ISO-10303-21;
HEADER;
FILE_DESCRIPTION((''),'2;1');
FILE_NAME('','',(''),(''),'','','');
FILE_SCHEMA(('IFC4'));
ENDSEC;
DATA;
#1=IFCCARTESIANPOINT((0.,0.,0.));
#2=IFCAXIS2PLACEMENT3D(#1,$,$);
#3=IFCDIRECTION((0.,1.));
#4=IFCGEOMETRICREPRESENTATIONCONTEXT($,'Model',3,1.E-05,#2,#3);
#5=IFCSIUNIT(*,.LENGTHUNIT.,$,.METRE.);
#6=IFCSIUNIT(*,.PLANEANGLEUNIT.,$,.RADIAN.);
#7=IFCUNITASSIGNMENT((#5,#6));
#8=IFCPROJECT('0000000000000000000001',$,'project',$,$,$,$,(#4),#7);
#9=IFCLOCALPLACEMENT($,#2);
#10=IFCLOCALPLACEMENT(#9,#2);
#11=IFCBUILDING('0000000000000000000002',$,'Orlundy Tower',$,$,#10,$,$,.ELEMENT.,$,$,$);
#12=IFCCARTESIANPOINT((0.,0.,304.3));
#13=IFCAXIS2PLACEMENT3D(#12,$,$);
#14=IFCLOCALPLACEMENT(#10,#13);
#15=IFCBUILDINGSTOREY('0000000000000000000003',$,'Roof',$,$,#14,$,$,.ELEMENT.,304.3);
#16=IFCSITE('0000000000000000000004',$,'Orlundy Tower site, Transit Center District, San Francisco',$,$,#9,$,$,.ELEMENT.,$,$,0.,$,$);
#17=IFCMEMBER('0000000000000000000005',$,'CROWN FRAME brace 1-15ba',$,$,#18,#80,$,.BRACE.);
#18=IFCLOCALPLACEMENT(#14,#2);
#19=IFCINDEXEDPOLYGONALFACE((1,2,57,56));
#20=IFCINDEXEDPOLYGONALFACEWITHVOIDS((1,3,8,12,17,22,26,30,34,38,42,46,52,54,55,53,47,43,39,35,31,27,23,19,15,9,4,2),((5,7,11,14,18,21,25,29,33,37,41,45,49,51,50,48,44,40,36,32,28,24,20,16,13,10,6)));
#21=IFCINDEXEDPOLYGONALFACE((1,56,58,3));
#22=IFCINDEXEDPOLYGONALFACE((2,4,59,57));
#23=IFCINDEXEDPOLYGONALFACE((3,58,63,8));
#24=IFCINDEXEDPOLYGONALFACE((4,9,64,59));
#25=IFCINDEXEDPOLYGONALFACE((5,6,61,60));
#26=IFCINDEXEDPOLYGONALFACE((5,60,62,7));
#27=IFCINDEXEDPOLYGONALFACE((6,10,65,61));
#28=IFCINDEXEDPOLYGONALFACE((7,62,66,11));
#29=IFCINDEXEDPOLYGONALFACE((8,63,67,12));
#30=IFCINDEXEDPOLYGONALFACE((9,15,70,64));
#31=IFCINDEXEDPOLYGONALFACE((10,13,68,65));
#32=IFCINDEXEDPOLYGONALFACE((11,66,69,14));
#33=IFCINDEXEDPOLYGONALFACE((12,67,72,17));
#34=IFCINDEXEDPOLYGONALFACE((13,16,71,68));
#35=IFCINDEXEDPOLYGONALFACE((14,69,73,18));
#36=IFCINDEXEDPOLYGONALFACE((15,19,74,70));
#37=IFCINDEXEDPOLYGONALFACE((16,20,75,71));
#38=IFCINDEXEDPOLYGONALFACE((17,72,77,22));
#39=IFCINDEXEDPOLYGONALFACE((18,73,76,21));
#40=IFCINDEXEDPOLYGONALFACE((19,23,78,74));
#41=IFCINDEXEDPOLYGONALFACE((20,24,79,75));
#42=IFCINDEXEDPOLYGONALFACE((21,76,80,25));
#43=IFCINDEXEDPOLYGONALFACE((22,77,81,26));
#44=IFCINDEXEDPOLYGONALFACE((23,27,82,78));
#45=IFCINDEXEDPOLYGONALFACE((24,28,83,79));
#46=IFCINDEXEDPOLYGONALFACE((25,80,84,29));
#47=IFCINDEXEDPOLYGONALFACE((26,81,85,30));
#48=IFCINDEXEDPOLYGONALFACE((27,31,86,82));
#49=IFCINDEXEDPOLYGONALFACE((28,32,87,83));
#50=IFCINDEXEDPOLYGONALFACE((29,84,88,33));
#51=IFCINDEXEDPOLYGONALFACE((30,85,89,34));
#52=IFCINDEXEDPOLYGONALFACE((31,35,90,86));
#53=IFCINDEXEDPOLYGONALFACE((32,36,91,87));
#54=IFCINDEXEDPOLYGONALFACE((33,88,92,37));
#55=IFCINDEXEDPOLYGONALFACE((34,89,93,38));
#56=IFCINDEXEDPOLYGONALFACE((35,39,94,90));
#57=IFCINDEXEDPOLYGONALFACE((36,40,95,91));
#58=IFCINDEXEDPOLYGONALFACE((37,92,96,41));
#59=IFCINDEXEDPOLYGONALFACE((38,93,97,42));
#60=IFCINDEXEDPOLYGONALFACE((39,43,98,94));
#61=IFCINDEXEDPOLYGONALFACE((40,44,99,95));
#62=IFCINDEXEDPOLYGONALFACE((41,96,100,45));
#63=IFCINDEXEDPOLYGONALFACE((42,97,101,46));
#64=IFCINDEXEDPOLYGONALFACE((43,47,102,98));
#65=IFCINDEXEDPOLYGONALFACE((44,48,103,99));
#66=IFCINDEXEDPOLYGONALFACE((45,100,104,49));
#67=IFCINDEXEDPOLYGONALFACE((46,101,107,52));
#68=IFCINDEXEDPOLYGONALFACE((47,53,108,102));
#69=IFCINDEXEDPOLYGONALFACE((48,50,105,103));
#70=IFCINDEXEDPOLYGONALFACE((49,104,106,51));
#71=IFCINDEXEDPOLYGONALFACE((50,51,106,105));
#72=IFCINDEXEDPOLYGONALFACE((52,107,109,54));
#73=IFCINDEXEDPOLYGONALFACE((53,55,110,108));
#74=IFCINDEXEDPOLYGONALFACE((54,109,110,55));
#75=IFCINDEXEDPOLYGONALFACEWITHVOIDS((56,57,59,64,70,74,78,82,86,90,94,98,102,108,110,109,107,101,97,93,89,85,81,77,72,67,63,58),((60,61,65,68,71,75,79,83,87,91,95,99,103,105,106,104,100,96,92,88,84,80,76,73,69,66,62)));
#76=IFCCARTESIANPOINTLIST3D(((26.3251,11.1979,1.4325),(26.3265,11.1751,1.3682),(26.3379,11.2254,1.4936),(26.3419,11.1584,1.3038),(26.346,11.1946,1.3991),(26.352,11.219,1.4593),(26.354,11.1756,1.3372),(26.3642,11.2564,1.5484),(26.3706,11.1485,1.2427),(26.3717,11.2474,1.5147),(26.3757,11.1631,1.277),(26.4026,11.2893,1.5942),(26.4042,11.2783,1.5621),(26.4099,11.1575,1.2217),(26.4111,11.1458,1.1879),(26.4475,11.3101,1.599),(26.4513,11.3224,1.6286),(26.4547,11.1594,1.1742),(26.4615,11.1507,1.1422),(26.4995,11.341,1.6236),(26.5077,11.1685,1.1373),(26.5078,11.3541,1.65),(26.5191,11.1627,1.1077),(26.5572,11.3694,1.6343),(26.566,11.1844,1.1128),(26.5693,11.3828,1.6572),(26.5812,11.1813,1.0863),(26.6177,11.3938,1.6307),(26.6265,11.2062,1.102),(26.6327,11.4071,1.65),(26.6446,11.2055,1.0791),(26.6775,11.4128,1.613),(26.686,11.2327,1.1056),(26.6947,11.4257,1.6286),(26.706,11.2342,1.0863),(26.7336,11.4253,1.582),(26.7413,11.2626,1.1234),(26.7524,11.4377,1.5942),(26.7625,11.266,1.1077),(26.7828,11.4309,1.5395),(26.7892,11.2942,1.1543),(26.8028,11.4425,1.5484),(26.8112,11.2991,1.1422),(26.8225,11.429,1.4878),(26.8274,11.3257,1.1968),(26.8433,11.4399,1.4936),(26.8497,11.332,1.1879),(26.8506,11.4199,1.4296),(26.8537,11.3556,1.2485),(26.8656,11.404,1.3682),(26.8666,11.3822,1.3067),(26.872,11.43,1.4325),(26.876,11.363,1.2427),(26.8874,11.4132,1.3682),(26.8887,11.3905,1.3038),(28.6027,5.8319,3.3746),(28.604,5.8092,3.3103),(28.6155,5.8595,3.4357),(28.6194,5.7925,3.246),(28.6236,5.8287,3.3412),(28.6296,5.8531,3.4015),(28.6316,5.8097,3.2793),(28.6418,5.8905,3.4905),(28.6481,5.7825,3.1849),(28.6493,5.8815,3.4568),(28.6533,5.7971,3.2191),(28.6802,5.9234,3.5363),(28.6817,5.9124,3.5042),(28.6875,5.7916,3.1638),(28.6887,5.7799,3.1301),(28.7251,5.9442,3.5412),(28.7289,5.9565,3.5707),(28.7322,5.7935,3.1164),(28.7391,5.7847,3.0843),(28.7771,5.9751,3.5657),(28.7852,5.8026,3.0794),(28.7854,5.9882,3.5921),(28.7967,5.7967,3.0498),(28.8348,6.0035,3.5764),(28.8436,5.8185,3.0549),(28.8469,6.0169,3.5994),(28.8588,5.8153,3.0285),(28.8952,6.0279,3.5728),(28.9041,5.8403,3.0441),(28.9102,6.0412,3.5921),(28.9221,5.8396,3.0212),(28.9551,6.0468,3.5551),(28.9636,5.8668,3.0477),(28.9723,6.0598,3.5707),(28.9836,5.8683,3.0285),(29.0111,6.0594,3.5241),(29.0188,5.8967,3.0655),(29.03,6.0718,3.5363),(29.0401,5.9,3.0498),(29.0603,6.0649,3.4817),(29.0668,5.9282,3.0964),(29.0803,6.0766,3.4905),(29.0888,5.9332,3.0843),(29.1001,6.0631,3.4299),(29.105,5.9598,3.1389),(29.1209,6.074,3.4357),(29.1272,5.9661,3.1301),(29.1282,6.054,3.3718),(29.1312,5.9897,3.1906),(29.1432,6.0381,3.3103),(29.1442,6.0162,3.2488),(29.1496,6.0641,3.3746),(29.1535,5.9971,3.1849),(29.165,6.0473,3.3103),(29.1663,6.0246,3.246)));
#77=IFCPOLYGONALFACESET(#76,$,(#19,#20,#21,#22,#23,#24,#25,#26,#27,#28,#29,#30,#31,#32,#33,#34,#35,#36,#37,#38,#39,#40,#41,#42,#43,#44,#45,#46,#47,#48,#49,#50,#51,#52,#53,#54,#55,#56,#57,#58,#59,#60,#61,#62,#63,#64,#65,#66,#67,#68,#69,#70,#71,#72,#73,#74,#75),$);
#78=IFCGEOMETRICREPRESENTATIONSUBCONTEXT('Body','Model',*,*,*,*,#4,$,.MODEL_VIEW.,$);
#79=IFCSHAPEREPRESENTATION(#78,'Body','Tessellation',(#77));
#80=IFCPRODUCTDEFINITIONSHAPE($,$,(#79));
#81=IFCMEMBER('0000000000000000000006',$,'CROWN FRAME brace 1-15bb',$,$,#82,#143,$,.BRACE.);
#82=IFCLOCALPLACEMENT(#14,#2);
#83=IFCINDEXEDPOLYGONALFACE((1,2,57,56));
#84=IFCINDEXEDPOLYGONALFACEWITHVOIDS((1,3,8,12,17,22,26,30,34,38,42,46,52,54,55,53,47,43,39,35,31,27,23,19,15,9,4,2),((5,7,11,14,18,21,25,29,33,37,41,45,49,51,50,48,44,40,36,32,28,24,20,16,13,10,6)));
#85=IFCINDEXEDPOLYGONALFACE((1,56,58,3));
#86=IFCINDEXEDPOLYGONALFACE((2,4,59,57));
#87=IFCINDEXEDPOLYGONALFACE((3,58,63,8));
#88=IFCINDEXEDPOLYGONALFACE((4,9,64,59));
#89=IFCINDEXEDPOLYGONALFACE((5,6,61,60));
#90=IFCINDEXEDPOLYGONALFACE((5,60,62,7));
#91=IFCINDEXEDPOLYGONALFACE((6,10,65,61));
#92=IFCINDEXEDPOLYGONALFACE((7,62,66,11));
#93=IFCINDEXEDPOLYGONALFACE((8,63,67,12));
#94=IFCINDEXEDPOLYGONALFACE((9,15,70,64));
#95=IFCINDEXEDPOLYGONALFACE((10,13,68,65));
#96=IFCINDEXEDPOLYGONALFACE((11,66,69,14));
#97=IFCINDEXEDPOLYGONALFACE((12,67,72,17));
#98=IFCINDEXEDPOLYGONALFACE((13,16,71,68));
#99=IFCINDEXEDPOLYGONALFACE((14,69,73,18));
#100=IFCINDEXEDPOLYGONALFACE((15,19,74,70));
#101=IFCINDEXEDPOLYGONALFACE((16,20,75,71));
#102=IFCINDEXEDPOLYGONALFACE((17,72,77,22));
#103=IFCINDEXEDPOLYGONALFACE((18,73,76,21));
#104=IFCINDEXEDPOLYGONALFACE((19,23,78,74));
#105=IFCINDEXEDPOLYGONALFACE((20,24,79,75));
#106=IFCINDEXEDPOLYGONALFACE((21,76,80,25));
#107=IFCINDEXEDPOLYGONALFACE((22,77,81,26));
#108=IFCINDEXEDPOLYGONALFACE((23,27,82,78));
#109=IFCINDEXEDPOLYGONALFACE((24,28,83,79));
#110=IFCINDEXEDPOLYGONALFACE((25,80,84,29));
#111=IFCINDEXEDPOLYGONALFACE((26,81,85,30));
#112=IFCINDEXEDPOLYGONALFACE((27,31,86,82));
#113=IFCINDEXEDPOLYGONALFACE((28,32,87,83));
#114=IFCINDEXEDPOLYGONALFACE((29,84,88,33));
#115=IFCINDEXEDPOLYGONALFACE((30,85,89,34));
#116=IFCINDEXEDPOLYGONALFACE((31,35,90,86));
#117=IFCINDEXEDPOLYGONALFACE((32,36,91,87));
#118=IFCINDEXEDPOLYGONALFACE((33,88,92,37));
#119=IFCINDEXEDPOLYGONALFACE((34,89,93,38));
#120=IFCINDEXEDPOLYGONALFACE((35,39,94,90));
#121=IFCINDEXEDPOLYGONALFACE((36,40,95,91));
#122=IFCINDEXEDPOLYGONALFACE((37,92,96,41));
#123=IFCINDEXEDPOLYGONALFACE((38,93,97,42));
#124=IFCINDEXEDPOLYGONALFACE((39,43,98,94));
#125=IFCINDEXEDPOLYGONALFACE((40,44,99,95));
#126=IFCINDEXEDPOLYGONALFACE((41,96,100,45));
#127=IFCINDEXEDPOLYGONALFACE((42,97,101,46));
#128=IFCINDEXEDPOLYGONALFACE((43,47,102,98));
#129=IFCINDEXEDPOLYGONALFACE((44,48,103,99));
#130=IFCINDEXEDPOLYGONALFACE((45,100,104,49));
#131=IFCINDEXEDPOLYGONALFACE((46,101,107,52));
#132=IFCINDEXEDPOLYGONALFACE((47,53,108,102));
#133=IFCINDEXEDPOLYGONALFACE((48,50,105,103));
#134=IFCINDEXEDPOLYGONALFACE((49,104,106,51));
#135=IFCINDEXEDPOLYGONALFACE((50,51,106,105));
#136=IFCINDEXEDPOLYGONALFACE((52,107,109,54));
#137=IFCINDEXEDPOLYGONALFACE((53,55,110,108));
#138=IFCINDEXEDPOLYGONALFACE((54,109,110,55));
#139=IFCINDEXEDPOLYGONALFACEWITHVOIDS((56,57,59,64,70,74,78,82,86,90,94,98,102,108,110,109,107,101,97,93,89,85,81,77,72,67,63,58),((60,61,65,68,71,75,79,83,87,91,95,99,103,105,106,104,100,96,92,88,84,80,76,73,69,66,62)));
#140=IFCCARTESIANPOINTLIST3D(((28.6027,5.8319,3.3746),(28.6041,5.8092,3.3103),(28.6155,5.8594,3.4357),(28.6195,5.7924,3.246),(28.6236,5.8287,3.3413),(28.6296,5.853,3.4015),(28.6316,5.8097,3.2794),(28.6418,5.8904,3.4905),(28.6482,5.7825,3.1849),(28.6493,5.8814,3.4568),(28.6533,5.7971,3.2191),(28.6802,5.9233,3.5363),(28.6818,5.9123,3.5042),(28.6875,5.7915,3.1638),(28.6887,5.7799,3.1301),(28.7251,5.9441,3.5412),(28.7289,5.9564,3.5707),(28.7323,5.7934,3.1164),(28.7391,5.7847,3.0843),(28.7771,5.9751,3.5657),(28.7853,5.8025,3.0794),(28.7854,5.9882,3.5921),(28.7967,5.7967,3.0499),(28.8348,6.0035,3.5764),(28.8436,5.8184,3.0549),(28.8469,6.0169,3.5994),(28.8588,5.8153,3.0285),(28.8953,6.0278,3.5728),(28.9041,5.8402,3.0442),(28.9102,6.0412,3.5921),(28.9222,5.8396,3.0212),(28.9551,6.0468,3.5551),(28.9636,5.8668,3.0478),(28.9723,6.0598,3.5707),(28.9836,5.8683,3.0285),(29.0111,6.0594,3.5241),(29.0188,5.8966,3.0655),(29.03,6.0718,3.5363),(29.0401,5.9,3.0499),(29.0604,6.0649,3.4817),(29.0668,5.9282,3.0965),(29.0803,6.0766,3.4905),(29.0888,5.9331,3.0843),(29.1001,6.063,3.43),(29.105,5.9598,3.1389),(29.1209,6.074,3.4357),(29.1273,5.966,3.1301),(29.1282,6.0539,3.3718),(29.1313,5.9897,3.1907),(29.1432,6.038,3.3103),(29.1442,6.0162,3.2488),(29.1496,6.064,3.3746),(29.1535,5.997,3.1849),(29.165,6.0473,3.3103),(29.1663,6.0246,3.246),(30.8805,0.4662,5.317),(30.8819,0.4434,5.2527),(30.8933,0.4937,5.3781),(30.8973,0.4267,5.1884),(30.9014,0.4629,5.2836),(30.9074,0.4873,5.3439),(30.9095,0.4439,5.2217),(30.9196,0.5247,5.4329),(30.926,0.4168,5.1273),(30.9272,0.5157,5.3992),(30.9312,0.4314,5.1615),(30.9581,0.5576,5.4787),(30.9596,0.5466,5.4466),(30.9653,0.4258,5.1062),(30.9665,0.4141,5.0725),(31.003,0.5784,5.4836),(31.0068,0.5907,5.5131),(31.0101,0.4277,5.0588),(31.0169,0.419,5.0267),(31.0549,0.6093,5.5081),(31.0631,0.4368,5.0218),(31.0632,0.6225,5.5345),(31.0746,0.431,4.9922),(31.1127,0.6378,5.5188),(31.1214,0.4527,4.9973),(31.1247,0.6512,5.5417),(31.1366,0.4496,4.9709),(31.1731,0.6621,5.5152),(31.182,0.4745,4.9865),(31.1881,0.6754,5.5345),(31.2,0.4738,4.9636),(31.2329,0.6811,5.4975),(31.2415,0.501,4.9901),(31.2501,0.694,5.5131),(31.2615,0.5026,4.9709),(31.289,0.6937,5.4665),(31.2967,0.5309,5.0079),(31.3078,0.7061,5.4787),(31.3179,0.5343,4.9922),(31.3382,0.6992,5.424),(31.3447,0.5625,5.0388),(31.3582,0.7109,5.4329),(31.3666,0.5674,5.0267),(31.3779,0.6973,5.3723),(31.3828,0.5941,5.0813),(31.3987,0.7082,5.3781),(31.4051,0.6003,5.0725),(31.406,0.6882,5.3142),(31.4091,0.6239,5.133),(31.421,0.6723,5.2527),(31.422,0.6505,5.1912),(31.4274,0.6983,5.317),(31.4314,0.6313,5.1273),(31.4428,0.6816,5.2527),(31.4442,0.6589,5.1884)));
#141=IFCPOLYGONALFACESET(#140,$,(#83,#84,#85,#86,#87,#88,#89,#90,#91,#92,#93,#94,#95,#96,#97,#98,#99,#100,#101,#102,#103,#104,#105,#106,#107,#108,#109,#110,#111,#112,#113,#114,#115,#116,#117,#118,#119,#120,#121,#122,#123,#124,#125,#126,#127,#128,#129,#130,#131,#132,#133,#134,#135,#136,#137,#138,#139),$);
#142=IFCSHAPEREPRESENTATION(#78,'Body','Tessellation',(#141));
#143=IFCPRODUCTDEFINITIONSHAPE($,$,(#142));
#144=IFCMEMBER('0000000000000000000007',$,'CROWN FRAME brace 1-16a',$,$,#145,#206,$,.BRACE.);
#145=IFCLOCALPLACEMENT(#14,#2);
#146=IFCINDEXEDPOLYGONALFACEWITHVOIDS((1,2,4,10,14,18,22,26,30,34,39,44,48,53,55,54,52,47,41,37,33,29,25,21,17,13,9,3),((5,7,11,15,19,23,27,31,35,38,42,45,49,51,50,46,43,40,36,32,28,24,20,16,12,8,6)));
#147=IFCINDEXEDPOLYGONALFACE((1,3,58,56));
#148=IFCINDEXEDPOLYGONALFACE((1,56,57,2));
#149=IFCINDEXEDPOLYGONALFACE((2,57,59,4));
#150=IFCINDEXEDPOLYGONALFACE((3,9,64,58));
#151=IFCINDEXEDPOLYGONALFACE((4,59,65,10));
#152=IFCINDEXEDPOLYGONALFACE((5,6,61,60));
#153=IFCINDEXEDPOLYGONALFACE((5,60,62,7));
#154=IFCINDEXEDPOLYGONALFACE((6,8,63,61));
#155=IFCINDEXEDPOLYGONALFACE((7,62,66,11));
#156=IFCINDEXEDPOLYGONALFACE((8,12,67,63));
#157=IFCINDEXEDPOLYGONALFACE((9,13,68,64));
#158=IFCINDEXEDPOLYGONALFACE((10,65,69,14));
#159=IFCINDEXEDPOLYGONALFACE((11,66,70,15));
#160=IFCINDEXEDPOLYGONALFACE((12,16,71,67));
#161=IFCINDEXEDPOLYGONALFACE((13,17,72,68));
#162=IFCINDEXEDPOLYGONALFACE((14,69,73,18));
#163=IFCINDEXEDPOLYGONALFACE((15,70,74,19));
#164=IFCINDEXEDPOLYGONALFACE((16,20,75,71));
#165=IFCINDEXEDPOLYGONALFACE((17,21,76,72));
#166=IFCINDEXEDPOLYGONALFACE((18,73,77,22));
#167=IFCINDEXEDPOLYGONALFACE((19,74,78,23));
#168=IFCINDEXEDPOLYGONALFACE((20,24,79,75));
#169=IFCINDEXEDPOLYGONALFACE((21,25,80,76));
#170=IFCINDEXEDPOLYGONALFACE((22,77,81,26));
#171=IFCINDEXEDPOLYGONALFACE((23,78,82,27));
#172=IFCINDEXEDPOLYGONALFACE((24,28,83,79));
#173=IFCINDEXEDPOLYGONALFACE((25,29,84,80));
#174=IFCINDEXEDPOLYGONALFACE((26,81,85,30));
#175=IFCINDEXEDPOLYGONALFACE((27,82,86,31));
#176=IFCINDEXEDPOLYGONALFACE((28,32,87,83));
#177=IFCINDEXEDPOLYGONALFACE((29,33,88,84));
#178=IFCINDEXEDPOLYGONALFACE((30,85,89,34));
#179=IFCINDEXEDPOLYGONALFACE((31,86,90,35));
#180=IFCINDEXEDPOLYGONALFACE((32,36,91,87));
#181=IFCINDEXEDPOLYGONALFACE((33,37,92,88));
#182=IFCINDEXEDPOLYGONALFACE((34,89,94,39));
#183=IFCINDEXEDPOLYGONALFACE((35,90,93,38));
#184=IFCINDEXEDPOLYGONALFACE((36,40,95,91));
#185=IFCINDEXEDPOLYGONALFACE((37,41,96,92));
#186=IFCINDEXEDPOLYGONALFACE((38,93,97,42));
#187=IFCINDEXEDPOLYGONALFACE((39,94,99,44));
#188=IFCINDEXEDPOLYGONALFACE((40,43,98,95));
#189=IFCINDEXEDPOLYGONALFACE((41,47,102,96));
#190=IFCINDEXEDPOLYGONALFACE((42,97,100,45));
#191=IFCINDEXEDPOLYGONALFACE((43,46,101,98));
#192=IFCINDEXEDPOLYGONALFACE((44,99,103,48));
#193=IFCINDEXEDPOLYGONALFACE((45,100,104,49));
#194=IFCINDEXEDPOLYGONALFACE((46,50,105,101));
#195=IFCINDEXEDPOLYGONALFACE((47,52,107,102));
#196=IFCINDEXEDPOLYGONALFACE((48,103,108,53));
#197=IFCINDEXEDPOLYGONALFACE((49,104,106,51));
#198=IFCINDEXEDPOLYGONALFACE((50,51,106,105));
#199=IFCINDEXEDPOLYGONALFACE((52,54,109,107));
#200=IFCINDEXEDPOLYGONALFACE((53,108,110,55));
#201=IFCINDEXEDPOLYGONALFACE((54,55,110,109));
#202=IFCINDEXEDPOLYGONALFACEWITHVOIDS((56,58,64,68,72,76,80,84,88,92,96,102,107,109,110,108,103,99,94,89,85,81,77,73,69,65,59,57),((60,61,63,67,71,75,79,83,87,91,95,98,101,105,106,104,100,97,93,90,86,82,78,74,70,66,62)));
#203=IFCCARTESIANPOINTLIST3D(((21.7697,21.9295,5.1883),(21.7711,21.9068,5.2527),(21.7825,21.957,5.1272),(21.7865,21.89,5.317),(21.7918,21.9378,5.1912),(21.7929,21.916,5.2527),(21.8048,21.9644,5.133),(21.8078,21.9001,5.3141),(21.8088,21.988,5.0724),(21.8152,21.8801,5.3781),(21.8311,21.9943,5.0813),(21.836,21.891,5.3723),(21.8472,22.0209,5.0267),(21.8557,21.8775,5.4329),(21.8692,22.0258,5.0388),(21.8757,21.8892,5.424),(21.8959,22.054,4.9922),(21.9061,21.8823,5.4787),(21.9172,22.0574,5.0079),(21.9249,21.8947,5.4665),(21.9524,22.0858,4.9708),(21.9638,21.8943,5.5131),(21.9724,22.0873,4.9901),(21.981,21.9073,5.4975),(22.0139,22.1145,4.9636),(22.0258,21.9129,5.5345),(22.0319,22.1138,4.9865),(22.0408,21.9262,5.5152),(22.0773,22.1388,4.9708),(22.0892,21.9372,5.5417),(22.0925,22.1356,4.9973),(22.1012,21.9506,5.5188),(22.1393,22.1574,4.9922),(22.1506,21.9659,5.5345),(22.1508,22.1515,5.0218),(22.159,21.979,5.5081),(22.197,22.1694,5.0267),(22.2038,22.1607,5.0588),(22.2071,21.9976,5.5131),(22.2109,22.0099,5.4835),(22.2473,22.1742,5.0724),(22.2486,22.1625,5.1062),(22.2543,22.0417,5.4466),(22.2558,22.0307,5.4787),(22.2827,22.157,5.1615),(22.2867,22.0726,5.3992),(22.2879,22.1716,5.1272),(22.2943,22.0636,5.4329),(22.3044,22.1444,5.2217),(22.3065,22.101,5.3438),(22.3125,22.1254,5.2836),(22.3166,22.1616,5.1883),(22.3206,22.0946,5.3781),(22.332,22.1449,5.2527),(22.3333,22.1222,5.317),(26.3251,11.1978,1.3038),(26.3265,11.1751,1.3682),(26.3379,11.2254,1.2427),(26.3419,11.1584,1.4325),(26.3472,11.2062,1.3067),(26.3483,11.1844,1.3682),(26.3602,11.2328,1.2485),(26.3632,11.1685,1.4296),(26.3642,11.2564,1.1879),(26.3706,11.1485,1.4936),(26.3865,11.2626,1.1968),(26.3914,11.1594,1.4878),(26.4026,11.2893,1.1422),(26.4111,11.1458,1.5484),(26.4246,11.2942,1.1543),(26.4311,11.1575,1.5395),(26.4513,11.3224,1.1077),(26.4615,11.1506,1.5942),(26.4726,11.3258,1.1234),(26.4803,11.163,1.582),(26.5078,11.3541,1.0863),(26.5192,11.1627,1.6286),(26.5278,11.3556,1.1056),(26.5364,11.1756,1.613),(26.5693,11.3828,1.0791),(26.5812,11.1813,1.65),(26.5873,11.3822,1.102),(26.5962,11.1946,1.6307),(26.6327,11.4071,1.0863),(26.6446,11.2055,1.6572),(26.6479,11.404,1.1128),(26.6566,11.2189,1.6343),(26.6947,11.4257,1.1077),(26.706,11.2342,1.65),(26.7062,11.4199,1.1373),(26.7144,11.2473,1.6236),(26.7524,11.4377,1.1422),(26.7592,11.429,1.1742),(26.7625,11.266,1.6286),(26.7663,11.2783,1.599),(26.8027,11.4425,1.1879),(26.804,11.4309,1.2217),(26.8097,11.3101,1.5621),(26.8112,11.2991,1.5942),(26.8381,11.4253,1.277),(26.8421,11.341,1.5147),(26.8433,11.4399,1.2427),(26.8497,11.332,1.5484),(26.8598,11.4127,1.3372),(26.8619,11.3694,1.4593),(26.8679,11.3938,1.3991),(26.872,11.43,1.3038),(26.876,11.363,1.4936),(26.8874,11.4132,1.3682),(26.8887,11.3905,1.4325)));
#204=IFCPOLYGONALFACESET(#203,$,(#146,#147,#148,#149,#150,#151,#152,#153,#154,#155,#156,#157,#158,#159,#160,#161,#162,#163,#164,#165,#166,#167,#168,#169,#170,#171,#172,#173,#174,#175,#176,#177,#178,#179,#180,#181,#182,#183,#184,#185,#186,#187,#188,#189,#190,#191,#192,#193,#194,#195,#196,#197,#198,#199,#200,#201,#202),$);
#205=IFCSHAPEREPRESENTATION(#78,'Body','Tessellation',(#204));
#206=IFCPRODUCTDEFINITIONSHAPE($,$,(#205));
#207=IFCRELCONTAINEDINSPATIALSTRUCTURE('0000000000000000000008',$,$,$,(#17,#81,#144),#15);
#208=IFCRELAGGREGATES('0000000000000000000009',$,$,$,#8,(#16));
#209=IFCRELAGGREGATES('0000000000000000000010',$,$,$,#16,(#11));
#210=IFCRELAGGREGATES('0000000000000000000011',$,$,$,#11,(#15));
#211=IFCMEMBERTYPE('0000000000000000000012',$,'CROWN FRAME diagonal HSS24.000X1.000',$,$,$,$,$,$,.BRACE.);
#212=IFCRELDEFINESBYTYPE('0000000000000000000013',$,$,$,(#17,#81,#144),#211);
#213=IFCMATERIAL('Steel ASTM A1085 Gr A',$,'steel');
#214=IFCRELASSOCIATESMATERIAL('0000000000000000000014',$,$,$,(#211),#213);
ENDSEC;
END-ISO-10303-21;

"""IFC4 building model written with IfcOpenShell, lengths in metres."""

from ifc_helpers import new_model, si_unit, direction, frame, origin, origin_2d, place, context, subcontext, project, spatial, hollow_circle, extrude, material, material_profile, profile_set, type_object, element, save


model = new_model("IFC4")

# Units and contexts
model_context = context("Model", 3, precision=1e-05, world=origin(), true_north=direction((0.0, 1.0)))
body_context = subcontext(model_context, "Body", "Model", "MODEL_VIEW")
ifc_project = project(units=[si_unit("LENGTHUNIT", "METRE"), si_unit("PLANEANGLEUNIT", "RADIAN")], contexts=[model_context])

# Site, building, storey
site_placement = place(None, origin())
site = spatial("IfcSite", under=ifc_project, at=site_placement, Name="Orlundy Tower site, Transit Center District, San Francisco", CompositionType="ELEMENT", RefElevation=0.0)
building_placement = place(site_placement, origin())
building = spatial("IfcBuilding", under=site, at=building_placement, Name="Orlundy Tower", CompositionType="ELEMENT")
storey_placement = place(building_placement, frame((0.0, 0.0, 304.3)))
storey = spatial("IfcBuildingStorey", under=building, at=storey_placement, Name="Roof", CompositionType="ELEMENT", Elevation=304.3)

# Members
ifc_material_1 = material(Name="Steel ASTM A1085 Gr A", Category="steel")
ifc_material_profile_1 = material_profile(ifc_material_1, hollow_circle(Radius=0.3047, WallThickness=0.0237, at=origin_2d()), Name="HSS24.000X1.000")
ifc_profile_set_1 = profile_set([ifc_material_profile_1], Name="Steel ASTM A1085 Gr A")
member_type_1 = type_object("IfcMemberType", Name="CROWN FRAME diagonal HSS24.000X1.000", PredefinedType="BRACE", material=ifc_profile_set_1)
for number, where, z_axis, x_axis, name in (
    (1, (26.6069, 11.2942, 1.3682), (0.370681, -0.873319, 0.316086), (0.920513, 0.390712, 0.0), "CROWN FRAME brace 1-15ba"),
    (2, (28.8845, 5.9282, 3.3103), (0.370723, -0.873285, 0.316128), (0.920491, 0.390763, 0.0), "CROWN FRAME brace 1-15bb"),
):
    element("IfcMember", number, at=place(storey_placement, frame(where, z_axis=z_axis, x_axis=x_axis)), inside=storey, type_object=member_type_1, Name=name, PredefinedType="BRACE", context=body_context, shape_type="SweptSolid", body=[
        extrude(hollow_circle(Radius=0.3047, WallThickness=0.0237, at=origin_2d()), origin(), (0.0, 0.0, 1.0), 6.1443),
    ])
member_1_placement = place(storey_placement, frame((26.6069, 11.2942, 1.3682), z_axis=(-0.370702, 0.873302, 0.316107), x_axis=(-0.920502, -0.390738, 0.0)))
element("IfcMember", 3, at=member_1_placement, inside=storey, type_object=member_type_1, Name="CROWN FRAME brace 1-16a", PredefinedType="BRACE", context=body_context, shape_type="SweptSolid", body=[
    extrude(hollow_circle(Radius=0.3047, WallThickness=0.0237, at=origin_2d()), origin(), (0.0, 0.0, 1.0), 12.2886),
])

save(model, "model.ifc")
